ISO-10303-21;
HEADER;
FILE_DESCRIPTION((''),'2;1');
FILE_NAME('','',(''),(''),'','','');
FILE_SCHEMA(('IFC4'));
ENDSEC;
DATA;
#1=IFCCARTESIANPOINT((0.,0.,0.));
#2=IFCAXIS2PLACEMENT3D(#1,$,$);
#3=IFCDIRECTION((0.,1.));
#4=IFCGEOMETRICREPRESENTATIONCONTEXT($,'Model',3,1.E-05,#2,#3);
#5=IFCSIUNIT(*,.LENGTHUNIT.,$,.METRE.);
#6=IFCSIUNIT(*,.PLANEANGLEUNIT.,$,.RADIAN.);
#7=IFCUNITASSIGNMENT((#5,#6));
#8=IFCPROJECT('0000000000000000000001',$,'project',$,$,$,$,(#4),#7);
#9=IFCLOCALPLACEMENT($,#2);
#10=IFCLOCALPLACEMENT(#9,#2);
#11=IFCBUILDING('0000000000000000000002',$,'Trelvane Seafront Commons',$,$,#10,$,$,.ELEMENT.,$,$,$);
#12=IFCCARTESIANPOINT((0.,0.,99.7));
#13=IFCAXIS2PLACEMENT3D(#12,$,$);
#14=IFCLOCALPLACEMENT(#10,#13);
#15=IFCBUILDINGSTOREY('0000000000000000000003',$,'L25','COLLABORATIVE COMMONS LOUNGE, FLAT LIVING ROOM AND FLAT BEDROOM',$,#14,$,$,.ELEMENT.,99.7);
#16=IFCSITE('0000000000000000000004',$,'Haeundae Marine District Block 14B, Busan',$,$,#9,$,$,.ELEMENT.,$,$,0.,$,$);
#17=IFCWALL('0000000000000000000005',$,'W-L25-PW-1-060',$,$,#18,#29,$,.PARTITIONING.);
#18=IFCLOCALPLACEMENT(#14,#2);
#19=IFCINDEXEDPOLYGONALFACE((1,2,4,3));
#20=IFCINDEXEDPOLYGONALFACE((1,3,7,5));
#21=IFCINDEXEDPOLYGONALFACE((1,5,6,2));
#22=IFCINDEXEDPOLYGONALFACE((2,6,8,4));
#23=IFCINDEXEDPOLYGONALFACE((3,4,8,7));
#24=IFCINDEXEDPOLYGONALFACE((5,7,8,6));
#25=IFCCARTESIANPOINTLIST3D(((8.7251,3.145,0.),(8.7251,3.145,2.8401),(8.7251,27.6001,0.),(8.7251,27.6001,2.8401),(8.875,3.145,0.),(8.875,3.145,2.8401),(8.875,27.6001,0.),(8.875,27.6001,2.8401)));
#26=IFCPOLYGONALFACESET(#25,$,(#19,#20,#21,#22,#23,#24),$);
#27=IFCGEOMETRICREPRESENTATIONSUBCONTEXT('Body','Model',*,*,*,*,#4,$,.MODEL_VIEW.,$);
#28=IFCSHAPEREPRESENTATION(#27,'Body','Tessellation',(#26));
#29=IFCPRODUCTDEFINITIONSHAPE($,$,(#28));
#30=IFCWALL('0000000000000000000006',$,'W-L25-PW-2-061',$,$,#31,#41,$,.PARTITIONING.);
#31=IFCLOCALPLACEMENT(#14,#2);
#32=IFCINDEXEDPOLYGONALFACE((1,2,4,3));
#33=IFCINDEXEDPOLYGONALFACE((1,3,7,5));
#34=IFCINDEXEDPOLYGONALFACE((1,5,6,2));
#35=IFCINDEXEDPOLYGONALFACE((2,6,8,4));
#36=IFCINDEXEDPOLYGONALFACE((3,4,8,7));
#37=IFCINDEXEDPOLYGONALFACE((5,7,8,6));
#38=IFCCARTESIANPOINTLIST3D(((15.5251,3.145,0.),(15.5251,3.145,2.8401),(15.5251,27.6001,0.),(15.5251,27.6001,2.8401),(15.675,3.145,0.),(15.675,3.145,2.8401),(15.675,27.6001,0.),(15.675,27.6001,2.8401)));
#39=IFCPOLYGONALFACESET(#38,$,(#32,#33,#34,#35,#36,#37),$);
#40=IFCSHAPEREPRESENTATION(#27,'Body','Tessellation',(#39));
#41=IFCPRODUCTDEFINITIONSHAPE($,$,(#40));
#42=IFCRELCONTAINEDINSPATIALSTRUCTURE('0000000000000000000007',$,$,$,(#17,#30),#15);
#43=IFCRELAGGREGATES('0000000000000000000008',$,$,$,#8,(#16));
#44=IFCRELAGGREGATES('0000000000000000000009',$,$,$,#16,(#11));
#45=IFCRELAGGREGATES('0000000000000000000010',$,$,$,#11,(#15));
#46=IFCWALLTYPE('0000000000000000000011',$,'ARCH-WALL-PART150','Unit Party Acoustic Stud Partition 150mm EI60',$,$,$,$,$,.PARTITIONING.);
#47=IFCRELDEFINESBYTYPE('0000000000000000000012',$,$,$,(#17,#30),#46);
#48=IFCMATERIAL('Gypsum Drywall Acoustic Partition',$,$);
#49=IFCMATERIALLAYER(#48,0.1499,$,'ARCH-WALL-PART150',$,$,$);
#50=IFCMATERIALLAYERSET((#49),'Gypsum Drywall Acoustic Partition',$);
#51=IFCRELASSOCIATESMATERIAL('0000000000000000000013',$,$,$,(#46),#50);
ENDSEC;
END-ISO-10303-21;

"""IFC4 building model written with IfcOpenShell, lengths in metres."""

from ifc_helpers import new_model, si_unit, direction, frame, frame_2d, origin, place, context, subcontext, project, spatial, rectangle, extrude, material, layer, layer_set, type_object, element, save


model = new_model("IFC4")

# Units and contexts
model_context = context("Model", 3, precision=1e-05, world=origin(), true_north=direction((0.0, 1.0)))
body_context = subcontext(model_context, "Body", "Model", "MODEL_VIEW")
ifc_project = project(units=[si_unit("LENGTHUNIT", "METRE"), si_unit("PLANEANGLEUNIT", "RADIAN")], contexts=[model_context])

# Site, building, storey
site_placement = place(None, origin())
site = spatial("IfcSite", under=ifc_project, at=site_placement, Name="Haeundae Marine District Block 14B, Busan", CompositionType="ELEMENT", RefElevation=0.0)
building_placement = place(site_placement, origin())
building = spatial("IfcBuilding", under=site, at=building_placement, Name="Trelvane Seafront Commons", CompositionType="ELEMENT")
storey_placement = place(building_placement, frame((0.0, 0.0, 99.7)))
storey = spatial("IfcBuildingStorey", under=building, at=storey_placement, Name="L25", Description="COLLABORATIVE COMMONS LOUNGE, FLAT LIVING ROOM AND FLAT BEDROOM", CompositionType="ELEMENT", Elevation=99.7)

# Shared definitions
ifc_material_1 = material(Name="Gypsum Drywall Acoustic Partition")

# Walls
ifc_layer_1 = layer(ifc_material_1, 0.1499, Name="ARCH-WALL-PART150")
ifc_layer_set_1 = layer_set([ifc_layer_1], Name="Gypsum Drywall Acoustic Partition")
wall_type_1 = type_object("IfcWallType", Name="ARCH-WALL-PART150", Description="Unit Party Acoustic Stud Partition 150mm EI60", PredefinedType="PARTITIONING", material=ifc_layer_set_1)
for number, where, z_axis, x_axis, name in (
    (1, (8.8, 3.145, 0.0), (0.0, 0.0, 1.0), (0.0, 1.0, 0.0), "W-L25-PW-1-060"),
    (2, (15.6001, 3.145, 0.0), (0.0, 0.0, 1.0), (0.0, 1.0, 0.0), "W-L25-PW-2-061"),
):
    element("IfcWall", number, at=place(storey_placement, frame(where, z_axis=z_axis, x_axis=x_axis)), inside=storey, type_object=wall_type_1, Name=name, PredefinedType="PARTITIONING", context=body_context, shape_type="SweptSolid", body=[
        extrude(rectangle(XDim=24.4551, YDim=0.1499, at=frame_2d((12.2275, 0.0))), origin(), (0.0, 0.0, 1.0), 2.8401),
    ])

save(model, "model.ifc")
